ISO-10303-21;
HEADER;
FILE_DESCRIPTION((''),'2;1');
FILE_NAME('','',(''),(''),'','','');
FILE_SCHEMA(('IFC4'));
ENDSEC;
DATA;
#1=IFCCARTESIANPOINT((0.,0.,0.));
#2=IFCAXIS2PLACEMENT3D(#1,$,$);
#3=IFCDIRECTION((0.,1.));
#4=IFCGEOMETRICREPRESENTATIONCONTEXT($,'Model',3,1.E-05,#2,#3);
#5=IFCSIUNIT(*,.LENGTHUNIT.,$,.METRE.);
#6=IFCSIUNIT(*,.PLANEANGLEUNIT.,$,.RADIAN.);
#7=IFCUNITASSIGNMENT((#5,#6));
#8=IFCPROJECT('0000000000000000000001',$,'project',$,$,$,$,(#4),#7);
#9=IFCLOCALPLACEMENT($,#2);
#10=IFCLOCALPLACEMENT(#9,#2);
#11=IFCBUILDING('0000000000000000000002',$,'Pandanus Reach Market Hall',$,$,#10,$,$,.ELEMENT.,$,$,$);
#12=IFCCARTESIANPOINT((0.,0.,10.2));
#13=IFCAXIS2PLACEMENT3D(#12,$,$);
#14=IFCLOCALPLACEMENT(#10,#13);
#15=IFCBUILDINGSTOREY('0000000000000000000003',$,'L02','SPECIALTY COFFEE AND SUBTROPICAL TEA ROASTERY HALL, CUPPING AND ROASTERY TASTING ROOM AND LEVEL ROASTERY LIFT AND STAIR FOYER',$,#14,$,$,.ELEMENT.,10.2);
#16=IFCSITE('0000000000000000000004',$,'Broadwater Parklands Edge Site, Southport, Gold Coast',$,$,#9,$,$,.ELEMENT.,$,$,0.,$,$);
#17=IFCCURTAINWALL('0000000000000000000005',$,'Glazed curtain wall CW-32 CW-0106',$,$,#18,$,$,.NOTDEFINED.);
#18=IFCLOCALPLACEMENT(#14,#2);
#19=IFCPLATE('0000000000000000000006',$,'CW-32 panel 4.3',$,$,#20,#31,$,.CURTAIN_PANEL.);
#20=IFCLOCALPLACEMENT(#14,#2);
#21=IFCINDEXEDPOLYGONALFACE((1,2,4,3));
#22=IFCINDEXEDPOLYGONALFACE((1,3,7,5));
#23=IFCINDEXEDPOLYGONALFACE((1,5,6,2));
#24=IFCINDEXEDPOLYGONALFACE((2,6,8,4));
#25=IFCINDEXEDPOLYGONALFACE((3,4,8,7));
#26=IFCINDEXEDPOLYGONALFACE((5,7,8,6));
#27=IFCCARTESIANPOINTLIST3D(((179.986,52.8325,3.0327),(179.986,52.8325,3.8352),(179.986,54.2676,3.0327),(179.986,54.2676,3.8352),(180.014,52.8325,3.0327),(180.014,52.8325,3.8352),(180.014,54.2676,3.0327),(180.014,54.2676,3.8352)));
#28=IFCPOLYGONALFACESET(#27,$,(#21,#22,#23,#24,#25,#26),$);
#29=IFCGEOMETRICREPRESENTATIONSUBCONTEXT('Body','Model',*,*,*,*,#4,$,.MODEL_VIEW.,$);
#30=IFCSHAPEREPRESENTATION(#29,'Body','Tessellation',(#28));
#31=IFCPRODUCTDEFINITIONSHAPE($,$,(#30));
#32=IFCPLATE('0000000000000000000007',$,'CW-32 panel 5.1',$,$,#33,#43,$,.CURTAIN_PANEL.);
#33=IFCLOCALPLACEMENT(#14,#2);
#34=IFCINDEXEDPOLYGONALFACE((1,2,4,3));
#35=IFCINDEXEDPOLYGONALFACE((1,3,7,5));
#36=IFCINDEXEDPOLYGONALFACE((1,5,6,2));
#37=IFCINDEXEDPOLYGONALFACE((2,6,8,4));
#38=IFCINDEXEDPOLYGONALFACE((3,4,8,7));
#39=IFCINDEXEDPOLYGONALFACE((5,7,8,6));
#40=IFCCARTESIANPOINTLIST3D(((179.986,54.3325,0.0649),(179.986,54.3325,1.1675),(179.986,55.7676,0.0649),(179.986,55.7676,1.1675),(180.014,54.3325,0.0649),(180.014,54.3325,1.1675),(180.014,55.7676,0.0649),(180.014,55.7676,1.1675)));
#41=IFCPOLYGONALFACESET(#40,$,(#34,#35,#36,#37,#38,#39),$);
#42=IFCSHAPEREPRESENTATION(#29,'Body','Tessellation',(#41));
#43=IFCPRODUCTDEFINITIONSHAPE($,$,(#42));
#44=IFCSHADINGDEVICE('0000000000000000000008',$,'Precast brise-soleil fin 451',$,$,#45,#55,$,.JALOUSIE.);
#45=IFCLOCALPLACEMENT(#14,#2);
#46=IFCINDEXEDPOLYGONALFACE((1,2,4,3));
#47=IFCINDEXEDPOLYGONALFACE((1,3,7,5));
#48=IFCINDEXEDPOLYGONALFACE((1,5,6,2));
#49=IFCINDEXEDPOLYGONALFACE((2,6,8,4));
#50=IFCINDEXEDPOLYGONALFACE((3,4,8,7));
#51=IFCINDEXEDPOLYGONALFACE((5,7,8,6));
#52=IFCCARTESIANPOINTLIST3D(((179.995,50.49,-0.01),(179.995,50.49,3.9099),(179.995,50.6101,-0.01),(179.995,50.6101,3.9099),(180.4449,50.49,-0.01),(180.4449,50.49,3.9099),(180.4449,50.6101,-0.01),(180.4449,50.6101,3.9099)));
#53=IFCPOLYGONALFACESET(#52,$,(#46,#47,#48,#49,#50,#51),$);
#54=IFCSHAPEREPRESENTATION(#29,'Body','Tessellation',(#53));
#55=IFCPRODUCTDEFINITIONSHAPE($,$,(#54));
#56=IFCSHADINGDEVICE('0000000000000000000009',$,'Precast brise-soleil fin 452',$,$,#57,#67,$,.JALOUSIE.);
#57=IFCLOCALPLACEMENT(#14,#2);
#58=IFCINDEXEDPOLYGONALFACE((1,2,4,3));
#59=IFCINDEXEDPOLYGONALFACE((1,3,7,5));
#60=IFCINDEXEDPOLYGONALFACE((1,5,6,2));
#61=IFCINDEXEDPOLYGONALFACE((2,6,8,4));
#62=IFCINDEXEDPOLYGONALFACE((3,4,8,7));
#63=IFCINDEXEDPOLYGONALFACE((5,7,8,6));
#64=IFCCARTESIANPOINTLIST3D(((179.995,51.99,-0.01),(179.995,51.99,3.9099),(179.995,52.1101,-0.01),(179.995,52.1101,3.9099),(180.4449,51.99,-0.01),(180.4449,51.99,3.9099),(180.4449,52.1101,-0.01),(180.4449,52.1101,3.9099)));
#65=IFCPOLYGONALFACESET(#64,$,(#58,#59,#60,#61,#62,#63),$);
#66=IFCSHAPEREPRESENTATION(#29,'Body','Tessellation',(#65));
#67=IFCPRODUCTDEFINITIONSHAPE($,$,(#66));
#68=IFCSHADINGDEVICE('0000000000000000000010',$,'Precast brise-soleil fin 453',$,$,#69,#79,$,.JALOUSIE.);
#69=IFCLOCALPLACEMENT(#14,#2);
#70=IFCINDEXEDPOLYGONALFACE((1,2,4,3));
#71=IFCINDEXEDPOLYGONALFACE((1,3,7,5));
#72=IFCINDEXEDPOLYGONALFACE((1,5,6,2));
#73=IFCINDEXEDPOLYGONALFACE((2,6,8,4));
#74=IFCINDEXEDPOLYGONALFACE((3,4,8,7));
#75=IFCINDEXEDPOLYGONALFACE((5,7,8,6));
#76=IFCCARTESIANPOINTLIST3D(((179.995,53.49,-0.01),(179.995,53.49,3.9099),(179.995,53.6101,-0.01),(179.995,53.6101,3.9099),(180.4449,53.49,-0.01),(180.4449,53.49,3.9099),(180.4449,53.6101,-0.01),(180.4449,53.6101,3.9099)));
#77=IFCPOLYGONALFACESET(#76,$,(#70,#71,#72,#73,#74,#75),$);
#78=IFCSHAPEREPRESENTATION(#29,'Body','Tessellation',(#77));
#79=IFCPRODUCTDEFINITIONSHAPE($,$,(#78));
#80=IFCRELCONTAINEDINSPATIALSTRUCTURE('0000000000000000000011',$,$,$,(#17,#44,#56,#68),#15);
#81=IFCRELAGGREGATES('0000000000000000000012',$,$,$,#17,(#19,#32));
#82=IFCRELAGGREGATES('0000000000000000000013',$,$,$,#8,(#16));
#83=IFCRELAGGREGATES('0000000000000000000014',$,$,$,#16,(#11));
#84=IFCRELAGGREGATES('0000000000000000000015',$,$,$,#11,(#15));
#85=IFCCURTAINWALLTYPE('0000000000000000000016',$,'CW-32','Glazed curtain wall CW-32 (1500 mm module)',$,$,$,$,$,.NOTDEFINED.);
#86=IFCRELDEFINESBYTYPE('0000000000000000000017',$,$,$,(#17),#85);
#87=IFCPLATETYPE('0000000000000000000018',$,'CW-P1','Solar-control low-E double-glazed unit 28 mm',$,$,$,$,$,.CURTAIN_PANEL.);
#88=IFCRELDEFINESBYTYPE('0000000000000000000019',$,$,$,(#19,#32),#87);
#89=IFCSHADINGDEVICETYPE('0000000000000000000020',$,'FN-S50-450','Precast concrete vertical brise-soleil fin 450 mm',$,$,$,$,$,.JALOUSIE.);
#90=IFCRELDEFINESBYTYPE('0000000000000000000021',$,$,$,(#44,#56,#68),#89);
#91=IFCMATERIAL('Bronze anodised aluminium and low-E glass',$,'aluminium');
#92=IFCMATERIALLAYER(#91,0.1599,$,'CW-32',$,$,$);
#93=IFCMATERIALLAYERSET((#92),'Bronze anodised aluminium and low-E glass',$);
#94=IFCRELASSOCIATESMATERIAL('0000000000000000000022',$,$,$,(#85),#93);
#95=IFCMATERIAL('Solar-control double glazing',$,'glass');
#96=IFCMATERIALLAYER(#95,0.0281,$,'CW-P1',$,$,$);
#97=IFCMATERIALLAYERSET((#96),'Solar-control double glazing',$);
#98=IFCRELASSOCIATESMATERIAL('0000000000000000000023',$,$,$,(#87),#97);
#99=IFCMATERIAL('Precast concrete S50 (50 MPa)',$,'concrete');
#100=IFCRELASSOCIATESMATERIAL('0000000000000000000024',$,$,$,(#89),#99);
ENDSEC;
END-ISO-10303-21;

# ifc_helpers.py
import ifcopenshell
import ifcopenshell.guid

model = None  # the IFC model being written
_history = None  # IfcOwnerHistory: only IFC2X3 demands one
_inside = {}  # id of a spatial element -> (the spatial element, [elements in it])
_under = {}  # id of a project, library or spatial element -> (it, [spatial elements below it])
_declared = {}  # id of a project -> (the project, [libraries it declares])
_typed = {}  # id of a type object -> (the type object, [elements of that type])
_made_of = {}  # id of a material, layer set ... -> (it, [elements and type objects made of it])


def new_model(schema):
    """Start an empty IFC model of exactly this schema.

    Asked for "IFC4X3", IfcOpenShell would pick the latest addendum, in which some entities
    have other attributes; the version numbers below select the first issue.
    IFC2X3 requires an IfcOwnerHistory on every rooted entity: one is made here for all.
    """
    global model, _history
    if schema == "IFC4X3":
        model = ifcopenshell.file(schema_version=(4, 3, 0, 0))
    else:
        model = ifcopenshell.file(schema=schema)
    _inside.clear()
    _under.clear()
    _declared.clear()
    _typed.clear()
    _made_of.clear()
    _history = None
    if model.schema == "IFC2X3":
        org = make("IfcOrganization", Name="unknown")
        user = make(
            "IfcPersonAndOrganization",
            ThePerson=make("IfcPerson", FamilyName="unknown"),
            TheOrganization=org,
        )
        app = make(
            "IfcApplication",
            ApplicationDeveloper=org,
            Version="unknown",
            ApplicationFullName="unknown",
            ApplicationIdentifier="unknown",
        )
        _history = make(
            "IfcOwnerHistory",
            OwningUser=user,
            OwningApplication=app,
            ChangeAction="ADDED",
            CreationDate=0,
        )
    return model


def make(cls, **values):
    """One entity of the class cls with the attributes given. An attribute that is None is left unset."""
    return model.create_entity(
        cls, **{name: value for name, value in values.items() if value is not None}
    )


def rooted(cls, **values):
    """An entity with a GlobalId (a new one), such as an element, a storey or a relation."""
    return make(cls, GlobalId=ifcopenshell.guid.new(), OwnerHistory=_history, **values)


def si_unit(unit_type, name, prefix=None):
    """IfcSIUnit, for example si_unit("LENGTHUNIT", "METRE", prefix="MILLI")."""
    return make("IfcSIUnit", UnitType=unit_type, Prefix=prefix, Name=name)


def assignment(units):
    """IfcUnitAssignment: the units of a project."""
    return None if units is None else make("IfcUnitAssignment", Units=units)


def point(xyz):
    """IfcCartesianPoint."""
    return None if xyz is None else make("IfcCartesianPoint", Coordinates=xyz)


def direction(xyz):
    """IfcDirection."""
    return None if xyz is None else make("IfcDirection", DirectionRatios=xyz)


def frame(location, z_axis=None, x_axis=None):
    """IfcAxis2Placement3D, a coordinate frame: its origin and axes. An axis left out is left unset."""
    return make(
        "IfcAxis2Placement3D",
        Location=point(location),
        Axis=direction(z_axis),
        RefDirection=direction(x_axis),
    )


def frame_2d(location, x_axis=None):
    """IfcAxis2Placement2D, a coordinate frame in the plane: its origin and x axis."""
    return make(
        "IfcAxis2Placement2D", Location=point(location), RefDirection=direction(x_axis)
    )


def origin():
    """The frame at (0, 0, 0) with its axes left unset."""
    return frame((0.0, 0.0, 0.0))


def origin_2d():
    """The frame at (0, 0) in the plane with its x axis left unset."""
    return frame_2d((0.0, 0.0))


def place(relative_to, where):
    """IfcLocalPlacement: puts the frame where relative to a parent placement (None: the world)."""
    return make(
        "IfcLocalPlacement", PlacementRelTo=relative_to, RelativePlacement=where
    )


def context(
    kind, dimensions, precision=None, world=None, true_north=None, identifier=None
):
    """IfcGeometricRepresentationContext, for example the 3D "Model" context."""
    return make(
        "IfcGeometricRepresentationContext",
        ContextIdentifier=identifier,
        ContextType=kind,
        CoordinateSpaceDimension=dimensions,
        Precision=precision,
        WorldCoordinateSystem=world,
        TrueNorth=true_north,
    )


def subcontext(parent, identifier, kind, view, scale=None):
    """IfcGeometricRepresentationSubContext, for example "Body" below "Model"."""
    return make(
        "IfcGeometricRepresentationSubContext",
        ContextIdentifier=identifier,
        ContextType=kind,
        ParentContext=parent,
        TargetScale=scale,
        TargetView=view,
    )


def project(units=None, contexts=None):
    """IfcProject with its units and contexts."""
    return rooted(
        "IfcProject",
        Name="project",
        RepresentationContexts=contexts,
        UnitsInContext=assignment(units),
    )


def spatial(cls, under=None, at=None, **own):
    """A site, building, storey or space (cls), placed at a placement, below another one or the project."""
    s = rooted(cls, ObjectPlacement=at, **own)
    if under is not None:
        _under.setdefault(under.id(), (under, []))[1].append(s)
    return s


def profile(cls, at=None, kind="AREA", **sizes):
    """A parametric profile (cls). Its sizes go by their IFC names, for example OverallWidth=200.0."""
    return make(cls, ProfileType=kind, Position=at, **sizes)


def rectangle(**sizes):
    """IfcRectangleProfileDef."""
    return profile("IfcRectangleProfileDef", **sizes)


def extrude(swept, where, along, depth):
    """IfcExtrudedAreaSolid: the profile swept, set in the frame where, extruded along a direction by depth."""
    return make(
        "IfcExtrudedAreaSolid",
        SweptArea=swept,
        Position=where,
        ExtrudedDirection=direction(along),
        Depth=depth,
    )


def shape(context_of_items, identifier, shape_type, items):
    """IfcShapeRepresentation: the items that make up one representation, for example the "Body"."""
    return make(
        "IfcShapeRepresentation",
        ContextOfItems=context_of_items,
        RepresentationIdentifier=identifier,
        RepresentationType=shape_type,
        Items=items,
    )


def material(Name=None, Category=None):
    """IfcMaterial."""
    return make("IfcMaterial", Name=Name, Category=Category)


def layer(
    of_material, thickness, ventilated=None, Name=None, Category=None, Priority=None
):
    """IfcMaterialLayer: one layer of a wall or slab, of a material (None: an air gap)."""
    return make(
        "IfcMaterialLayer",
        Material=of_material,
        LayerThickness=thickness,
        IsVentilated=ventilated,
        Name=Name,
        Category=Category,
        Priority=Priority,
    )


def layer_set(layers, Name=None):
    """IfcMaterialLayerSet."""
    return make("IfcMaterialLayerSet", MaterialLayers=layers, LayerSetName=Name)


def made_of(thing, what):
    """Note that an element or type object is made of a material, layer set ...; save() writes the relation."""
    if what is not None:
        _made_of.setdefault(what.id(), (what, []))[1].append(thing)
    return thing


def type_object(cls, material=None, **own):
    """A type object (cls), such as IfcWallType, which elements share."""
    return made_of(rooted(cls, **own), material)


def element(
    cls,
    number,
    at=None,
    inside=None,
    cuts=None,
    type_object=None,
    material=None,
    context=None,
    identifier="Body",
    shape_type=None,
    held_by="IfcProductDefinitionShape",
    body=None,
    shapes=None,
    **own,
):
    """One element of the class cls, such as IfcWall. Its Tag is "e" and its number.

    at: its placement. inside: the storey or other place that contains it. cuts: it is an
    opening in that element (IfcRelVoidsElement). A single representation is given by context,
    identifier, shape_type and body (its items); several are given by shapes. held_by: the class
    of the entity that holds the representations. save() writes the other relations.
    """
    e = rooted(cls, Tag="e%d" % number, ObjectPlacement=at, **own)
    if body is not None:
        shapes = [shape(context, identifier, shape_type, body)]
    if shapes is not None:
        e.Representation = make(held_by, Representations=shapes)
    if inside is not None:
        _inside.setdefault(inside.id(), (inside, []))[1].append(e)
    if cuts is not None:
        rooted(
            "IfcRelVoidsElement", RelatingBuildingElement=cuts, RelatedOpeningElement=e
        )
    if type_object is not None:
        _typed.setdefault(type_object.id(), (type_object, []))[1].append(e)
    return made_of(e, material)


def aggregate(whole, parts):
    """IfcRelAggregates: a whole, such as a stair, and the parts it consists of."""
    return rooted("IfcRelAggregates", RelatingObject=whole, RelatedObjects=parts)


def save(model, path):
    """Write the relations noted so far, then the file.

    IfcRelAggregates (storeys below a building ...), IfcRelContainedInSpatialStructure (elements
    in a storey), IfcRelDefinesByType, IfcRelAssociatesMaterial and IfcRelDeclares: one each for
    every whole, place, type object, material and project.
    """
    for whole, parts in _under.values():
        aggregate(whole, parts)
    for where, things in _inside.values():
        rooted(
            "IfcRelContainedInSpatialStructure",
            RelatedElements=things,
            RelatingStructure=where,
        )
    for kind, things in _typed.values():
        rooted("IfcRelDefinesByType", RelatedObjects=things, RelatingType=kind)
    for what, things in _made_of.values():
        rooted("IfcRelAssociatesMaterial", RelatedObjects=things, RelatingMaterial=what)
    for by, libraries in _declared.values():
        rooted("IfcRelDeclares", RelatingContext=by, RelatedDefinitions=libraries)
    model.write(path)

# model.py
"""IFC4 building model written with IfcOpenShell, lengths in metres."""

from ifc_helpers import new_model, si_unit, direction, frame, origin, origin_2d, place, context, subcontext, project, spatial, rectangle, extrude, material, layer, layer_set, type_object, element, aggregate, save


model = new_model("IFC4")

# Units and contexts
model_context = context("Model", 3, precision=1e-05, world=origin(), true_north=direction((0.0, 1.0)))
body_context = subcontext(model_context, "Body", "Model", "MODEL_VIEW")
ifc_project = project(units=[si_unit("LENGTHUNIT", "METRE"), si_unit("PLANEANGLEUNIT", "RADIAN")], contexts=[model_context])

# Site, building, storey
site_placement = place(None, origin())
site = spatial("IfcSite", under=ifc_project, at=site_placement, Name="Broadwater Parklands Edge Site, Southport, Gold Coast", CompositionType="ELEMENT", RefElevation=0.0)
building_placement = place(site_placement, origin())
building = spatial("IfcBuilding", under=site, at=building_placement, Name="Pandanus Reach Market Hall", CompositionType="ELEMENT")
storey_placement = place(building_placement, frame((0.0, 0.0, 10.2)))
storey = spatial("IfcBuildingStorey", under=building, at=storey_placement, Name="L02", Description="SPECIALTY COFFEE AND SUBTROPICAL TEA ROASTERY HALL, CUPPING AND ROASTERY TASTING ROOM AND LEVEL ROASTERY LIFT AND STAIR FOYER", CompositionType="ELEMENT", Elevation=10.2)

# Curtain wall, plates
ifc_material_1 = material(Name="Bronze anodised aluminium and low-E glass", Category="aluminium")
ifc_layer_1 = layer(ifc_material_1, 0.1599, Name="CW-32")
ifc_layer_set_1 = layer_set([ifc_layer_1], Name="Bronze anodised aluminium and low-E glass")
curtain_wall_type = type_object("IfcCurtainWallType", Name="CW-32", Description="Glazed curtain wall CW-32 (1500 mm module)", PredefinedType="NOTDEFINED", material=ifc_layer_set_1)
curtain_wall_placement = place(storey_placement, origin())
curtain_wall = element("IfcCurtainWall", 1, at=curtain_wall_placement, inside=storey, type_object=curtain_wall_type, Name="Glazed curtain wall CW-32 CW-0106", PredefinedType="NOTDEFINED")
ifc_material_2 = material(Name="Solar-control double glazing", Category="glass")
ifc_layer_2 = layer(ifc_material_2, 0.0281, Name="CW-P1")
ifc_layer_set_2 = layer_set([ifc_layer_2], Name="Solar-control double glazing")
plate_type = type_object("IfcPlateType", Name="CW-P1", Description="Solar-control low-E double-glazed unit 28 mm", PredefinedType="CURTAIN_PANEL", material=ifc_layer_set_2)
plate_1_placement = place(storey_placement, frame((180.0, 53.55, 3.0327), z_axis=(0.0, 0.0, 1.0), x_axis=(0.0, 1.0, 0.0)))
plate_1 = element("IfcPlate", 2, at=plate_1_placement, type_object=plate_type, Name="CW-32 panel 4.3", PredefinedType="CURTAIN_PANEL", context=body_context, shape_type="SweptSolid", body=[
    extrude(rectangle(XDim=1.4351, YDim=0.0281, at=origin_2d()), origin(), (0.0, 0.0, 1.0), 0.8025),
])
plate_2_placement = place(storey_placement, frame((180.0, 55.05, 0.0649), z_axis=(0.0, 0.0, 1.0), x_axis=(0.0, 1.0, 0.0)))
plate_2 = element("IfcPlate", 3, at=plate_2_placement, type_object=plate_type, Name="CW-32 panel 5.1", PredefinedType="CURTAIN_PANEL", context=body_context, shape_type="SweptSolid", body=[
    extrude(rectangle(XDim=1.4351, YDim=0.0281, at=origin_2d()), origin(), (0.0, 0.0, 1.0), 1.1025),
])
aggregate(curtain_wall, [plate_1, plate_2])

# Shading devices
ifc_material_3 = material(Name="Precast concrete S50 (50 MPa)", Category="concrete")
shading_device_type = type_object("IfcShadingDeviceType", Name="FN-S50-450", Description="Precast concrete vertical brise-soleil fin 450 mm", PredefinedType="JALOUSIE", material=ifc_material_3)
for number, where, z_axis, x_axis, name in (
    (4, (180.22, 50.55, -0.01), (0.0, 0.0, 1.0), (1.0, 0.0, 0.0), "Precast brise-soleil fin 451"),
    (5, (180.22, 52.05, -0.01), (0.0, 0.0, 1.0), (1.0, 0.0, 0.0), "Precast brise-soleil fin 452"),
    (6, (180.22, 53.55, -0.01), (0.0, 0.0, 1.0), (1.0, 0.0, 0.0), "Precast brise-soleil fin 453"),
):
    element("IfcShadingDevice", number, at=place(storey_placement, frame(where, z_axis=z_axis, x_axis=x_axis)), inside=storey, type_object=shading_device_type, Name=name, PredefinedType="JALOUSIE", context=body_context, shape_type="SweptSolid", body=[
        extrude(rectangle(XDim=0.45, YDim=0.1201, at=origin_2d()), origin(), (0.0, 0.0, 1.0), 3.9199),
    ])

save(model, "model.ifc")
